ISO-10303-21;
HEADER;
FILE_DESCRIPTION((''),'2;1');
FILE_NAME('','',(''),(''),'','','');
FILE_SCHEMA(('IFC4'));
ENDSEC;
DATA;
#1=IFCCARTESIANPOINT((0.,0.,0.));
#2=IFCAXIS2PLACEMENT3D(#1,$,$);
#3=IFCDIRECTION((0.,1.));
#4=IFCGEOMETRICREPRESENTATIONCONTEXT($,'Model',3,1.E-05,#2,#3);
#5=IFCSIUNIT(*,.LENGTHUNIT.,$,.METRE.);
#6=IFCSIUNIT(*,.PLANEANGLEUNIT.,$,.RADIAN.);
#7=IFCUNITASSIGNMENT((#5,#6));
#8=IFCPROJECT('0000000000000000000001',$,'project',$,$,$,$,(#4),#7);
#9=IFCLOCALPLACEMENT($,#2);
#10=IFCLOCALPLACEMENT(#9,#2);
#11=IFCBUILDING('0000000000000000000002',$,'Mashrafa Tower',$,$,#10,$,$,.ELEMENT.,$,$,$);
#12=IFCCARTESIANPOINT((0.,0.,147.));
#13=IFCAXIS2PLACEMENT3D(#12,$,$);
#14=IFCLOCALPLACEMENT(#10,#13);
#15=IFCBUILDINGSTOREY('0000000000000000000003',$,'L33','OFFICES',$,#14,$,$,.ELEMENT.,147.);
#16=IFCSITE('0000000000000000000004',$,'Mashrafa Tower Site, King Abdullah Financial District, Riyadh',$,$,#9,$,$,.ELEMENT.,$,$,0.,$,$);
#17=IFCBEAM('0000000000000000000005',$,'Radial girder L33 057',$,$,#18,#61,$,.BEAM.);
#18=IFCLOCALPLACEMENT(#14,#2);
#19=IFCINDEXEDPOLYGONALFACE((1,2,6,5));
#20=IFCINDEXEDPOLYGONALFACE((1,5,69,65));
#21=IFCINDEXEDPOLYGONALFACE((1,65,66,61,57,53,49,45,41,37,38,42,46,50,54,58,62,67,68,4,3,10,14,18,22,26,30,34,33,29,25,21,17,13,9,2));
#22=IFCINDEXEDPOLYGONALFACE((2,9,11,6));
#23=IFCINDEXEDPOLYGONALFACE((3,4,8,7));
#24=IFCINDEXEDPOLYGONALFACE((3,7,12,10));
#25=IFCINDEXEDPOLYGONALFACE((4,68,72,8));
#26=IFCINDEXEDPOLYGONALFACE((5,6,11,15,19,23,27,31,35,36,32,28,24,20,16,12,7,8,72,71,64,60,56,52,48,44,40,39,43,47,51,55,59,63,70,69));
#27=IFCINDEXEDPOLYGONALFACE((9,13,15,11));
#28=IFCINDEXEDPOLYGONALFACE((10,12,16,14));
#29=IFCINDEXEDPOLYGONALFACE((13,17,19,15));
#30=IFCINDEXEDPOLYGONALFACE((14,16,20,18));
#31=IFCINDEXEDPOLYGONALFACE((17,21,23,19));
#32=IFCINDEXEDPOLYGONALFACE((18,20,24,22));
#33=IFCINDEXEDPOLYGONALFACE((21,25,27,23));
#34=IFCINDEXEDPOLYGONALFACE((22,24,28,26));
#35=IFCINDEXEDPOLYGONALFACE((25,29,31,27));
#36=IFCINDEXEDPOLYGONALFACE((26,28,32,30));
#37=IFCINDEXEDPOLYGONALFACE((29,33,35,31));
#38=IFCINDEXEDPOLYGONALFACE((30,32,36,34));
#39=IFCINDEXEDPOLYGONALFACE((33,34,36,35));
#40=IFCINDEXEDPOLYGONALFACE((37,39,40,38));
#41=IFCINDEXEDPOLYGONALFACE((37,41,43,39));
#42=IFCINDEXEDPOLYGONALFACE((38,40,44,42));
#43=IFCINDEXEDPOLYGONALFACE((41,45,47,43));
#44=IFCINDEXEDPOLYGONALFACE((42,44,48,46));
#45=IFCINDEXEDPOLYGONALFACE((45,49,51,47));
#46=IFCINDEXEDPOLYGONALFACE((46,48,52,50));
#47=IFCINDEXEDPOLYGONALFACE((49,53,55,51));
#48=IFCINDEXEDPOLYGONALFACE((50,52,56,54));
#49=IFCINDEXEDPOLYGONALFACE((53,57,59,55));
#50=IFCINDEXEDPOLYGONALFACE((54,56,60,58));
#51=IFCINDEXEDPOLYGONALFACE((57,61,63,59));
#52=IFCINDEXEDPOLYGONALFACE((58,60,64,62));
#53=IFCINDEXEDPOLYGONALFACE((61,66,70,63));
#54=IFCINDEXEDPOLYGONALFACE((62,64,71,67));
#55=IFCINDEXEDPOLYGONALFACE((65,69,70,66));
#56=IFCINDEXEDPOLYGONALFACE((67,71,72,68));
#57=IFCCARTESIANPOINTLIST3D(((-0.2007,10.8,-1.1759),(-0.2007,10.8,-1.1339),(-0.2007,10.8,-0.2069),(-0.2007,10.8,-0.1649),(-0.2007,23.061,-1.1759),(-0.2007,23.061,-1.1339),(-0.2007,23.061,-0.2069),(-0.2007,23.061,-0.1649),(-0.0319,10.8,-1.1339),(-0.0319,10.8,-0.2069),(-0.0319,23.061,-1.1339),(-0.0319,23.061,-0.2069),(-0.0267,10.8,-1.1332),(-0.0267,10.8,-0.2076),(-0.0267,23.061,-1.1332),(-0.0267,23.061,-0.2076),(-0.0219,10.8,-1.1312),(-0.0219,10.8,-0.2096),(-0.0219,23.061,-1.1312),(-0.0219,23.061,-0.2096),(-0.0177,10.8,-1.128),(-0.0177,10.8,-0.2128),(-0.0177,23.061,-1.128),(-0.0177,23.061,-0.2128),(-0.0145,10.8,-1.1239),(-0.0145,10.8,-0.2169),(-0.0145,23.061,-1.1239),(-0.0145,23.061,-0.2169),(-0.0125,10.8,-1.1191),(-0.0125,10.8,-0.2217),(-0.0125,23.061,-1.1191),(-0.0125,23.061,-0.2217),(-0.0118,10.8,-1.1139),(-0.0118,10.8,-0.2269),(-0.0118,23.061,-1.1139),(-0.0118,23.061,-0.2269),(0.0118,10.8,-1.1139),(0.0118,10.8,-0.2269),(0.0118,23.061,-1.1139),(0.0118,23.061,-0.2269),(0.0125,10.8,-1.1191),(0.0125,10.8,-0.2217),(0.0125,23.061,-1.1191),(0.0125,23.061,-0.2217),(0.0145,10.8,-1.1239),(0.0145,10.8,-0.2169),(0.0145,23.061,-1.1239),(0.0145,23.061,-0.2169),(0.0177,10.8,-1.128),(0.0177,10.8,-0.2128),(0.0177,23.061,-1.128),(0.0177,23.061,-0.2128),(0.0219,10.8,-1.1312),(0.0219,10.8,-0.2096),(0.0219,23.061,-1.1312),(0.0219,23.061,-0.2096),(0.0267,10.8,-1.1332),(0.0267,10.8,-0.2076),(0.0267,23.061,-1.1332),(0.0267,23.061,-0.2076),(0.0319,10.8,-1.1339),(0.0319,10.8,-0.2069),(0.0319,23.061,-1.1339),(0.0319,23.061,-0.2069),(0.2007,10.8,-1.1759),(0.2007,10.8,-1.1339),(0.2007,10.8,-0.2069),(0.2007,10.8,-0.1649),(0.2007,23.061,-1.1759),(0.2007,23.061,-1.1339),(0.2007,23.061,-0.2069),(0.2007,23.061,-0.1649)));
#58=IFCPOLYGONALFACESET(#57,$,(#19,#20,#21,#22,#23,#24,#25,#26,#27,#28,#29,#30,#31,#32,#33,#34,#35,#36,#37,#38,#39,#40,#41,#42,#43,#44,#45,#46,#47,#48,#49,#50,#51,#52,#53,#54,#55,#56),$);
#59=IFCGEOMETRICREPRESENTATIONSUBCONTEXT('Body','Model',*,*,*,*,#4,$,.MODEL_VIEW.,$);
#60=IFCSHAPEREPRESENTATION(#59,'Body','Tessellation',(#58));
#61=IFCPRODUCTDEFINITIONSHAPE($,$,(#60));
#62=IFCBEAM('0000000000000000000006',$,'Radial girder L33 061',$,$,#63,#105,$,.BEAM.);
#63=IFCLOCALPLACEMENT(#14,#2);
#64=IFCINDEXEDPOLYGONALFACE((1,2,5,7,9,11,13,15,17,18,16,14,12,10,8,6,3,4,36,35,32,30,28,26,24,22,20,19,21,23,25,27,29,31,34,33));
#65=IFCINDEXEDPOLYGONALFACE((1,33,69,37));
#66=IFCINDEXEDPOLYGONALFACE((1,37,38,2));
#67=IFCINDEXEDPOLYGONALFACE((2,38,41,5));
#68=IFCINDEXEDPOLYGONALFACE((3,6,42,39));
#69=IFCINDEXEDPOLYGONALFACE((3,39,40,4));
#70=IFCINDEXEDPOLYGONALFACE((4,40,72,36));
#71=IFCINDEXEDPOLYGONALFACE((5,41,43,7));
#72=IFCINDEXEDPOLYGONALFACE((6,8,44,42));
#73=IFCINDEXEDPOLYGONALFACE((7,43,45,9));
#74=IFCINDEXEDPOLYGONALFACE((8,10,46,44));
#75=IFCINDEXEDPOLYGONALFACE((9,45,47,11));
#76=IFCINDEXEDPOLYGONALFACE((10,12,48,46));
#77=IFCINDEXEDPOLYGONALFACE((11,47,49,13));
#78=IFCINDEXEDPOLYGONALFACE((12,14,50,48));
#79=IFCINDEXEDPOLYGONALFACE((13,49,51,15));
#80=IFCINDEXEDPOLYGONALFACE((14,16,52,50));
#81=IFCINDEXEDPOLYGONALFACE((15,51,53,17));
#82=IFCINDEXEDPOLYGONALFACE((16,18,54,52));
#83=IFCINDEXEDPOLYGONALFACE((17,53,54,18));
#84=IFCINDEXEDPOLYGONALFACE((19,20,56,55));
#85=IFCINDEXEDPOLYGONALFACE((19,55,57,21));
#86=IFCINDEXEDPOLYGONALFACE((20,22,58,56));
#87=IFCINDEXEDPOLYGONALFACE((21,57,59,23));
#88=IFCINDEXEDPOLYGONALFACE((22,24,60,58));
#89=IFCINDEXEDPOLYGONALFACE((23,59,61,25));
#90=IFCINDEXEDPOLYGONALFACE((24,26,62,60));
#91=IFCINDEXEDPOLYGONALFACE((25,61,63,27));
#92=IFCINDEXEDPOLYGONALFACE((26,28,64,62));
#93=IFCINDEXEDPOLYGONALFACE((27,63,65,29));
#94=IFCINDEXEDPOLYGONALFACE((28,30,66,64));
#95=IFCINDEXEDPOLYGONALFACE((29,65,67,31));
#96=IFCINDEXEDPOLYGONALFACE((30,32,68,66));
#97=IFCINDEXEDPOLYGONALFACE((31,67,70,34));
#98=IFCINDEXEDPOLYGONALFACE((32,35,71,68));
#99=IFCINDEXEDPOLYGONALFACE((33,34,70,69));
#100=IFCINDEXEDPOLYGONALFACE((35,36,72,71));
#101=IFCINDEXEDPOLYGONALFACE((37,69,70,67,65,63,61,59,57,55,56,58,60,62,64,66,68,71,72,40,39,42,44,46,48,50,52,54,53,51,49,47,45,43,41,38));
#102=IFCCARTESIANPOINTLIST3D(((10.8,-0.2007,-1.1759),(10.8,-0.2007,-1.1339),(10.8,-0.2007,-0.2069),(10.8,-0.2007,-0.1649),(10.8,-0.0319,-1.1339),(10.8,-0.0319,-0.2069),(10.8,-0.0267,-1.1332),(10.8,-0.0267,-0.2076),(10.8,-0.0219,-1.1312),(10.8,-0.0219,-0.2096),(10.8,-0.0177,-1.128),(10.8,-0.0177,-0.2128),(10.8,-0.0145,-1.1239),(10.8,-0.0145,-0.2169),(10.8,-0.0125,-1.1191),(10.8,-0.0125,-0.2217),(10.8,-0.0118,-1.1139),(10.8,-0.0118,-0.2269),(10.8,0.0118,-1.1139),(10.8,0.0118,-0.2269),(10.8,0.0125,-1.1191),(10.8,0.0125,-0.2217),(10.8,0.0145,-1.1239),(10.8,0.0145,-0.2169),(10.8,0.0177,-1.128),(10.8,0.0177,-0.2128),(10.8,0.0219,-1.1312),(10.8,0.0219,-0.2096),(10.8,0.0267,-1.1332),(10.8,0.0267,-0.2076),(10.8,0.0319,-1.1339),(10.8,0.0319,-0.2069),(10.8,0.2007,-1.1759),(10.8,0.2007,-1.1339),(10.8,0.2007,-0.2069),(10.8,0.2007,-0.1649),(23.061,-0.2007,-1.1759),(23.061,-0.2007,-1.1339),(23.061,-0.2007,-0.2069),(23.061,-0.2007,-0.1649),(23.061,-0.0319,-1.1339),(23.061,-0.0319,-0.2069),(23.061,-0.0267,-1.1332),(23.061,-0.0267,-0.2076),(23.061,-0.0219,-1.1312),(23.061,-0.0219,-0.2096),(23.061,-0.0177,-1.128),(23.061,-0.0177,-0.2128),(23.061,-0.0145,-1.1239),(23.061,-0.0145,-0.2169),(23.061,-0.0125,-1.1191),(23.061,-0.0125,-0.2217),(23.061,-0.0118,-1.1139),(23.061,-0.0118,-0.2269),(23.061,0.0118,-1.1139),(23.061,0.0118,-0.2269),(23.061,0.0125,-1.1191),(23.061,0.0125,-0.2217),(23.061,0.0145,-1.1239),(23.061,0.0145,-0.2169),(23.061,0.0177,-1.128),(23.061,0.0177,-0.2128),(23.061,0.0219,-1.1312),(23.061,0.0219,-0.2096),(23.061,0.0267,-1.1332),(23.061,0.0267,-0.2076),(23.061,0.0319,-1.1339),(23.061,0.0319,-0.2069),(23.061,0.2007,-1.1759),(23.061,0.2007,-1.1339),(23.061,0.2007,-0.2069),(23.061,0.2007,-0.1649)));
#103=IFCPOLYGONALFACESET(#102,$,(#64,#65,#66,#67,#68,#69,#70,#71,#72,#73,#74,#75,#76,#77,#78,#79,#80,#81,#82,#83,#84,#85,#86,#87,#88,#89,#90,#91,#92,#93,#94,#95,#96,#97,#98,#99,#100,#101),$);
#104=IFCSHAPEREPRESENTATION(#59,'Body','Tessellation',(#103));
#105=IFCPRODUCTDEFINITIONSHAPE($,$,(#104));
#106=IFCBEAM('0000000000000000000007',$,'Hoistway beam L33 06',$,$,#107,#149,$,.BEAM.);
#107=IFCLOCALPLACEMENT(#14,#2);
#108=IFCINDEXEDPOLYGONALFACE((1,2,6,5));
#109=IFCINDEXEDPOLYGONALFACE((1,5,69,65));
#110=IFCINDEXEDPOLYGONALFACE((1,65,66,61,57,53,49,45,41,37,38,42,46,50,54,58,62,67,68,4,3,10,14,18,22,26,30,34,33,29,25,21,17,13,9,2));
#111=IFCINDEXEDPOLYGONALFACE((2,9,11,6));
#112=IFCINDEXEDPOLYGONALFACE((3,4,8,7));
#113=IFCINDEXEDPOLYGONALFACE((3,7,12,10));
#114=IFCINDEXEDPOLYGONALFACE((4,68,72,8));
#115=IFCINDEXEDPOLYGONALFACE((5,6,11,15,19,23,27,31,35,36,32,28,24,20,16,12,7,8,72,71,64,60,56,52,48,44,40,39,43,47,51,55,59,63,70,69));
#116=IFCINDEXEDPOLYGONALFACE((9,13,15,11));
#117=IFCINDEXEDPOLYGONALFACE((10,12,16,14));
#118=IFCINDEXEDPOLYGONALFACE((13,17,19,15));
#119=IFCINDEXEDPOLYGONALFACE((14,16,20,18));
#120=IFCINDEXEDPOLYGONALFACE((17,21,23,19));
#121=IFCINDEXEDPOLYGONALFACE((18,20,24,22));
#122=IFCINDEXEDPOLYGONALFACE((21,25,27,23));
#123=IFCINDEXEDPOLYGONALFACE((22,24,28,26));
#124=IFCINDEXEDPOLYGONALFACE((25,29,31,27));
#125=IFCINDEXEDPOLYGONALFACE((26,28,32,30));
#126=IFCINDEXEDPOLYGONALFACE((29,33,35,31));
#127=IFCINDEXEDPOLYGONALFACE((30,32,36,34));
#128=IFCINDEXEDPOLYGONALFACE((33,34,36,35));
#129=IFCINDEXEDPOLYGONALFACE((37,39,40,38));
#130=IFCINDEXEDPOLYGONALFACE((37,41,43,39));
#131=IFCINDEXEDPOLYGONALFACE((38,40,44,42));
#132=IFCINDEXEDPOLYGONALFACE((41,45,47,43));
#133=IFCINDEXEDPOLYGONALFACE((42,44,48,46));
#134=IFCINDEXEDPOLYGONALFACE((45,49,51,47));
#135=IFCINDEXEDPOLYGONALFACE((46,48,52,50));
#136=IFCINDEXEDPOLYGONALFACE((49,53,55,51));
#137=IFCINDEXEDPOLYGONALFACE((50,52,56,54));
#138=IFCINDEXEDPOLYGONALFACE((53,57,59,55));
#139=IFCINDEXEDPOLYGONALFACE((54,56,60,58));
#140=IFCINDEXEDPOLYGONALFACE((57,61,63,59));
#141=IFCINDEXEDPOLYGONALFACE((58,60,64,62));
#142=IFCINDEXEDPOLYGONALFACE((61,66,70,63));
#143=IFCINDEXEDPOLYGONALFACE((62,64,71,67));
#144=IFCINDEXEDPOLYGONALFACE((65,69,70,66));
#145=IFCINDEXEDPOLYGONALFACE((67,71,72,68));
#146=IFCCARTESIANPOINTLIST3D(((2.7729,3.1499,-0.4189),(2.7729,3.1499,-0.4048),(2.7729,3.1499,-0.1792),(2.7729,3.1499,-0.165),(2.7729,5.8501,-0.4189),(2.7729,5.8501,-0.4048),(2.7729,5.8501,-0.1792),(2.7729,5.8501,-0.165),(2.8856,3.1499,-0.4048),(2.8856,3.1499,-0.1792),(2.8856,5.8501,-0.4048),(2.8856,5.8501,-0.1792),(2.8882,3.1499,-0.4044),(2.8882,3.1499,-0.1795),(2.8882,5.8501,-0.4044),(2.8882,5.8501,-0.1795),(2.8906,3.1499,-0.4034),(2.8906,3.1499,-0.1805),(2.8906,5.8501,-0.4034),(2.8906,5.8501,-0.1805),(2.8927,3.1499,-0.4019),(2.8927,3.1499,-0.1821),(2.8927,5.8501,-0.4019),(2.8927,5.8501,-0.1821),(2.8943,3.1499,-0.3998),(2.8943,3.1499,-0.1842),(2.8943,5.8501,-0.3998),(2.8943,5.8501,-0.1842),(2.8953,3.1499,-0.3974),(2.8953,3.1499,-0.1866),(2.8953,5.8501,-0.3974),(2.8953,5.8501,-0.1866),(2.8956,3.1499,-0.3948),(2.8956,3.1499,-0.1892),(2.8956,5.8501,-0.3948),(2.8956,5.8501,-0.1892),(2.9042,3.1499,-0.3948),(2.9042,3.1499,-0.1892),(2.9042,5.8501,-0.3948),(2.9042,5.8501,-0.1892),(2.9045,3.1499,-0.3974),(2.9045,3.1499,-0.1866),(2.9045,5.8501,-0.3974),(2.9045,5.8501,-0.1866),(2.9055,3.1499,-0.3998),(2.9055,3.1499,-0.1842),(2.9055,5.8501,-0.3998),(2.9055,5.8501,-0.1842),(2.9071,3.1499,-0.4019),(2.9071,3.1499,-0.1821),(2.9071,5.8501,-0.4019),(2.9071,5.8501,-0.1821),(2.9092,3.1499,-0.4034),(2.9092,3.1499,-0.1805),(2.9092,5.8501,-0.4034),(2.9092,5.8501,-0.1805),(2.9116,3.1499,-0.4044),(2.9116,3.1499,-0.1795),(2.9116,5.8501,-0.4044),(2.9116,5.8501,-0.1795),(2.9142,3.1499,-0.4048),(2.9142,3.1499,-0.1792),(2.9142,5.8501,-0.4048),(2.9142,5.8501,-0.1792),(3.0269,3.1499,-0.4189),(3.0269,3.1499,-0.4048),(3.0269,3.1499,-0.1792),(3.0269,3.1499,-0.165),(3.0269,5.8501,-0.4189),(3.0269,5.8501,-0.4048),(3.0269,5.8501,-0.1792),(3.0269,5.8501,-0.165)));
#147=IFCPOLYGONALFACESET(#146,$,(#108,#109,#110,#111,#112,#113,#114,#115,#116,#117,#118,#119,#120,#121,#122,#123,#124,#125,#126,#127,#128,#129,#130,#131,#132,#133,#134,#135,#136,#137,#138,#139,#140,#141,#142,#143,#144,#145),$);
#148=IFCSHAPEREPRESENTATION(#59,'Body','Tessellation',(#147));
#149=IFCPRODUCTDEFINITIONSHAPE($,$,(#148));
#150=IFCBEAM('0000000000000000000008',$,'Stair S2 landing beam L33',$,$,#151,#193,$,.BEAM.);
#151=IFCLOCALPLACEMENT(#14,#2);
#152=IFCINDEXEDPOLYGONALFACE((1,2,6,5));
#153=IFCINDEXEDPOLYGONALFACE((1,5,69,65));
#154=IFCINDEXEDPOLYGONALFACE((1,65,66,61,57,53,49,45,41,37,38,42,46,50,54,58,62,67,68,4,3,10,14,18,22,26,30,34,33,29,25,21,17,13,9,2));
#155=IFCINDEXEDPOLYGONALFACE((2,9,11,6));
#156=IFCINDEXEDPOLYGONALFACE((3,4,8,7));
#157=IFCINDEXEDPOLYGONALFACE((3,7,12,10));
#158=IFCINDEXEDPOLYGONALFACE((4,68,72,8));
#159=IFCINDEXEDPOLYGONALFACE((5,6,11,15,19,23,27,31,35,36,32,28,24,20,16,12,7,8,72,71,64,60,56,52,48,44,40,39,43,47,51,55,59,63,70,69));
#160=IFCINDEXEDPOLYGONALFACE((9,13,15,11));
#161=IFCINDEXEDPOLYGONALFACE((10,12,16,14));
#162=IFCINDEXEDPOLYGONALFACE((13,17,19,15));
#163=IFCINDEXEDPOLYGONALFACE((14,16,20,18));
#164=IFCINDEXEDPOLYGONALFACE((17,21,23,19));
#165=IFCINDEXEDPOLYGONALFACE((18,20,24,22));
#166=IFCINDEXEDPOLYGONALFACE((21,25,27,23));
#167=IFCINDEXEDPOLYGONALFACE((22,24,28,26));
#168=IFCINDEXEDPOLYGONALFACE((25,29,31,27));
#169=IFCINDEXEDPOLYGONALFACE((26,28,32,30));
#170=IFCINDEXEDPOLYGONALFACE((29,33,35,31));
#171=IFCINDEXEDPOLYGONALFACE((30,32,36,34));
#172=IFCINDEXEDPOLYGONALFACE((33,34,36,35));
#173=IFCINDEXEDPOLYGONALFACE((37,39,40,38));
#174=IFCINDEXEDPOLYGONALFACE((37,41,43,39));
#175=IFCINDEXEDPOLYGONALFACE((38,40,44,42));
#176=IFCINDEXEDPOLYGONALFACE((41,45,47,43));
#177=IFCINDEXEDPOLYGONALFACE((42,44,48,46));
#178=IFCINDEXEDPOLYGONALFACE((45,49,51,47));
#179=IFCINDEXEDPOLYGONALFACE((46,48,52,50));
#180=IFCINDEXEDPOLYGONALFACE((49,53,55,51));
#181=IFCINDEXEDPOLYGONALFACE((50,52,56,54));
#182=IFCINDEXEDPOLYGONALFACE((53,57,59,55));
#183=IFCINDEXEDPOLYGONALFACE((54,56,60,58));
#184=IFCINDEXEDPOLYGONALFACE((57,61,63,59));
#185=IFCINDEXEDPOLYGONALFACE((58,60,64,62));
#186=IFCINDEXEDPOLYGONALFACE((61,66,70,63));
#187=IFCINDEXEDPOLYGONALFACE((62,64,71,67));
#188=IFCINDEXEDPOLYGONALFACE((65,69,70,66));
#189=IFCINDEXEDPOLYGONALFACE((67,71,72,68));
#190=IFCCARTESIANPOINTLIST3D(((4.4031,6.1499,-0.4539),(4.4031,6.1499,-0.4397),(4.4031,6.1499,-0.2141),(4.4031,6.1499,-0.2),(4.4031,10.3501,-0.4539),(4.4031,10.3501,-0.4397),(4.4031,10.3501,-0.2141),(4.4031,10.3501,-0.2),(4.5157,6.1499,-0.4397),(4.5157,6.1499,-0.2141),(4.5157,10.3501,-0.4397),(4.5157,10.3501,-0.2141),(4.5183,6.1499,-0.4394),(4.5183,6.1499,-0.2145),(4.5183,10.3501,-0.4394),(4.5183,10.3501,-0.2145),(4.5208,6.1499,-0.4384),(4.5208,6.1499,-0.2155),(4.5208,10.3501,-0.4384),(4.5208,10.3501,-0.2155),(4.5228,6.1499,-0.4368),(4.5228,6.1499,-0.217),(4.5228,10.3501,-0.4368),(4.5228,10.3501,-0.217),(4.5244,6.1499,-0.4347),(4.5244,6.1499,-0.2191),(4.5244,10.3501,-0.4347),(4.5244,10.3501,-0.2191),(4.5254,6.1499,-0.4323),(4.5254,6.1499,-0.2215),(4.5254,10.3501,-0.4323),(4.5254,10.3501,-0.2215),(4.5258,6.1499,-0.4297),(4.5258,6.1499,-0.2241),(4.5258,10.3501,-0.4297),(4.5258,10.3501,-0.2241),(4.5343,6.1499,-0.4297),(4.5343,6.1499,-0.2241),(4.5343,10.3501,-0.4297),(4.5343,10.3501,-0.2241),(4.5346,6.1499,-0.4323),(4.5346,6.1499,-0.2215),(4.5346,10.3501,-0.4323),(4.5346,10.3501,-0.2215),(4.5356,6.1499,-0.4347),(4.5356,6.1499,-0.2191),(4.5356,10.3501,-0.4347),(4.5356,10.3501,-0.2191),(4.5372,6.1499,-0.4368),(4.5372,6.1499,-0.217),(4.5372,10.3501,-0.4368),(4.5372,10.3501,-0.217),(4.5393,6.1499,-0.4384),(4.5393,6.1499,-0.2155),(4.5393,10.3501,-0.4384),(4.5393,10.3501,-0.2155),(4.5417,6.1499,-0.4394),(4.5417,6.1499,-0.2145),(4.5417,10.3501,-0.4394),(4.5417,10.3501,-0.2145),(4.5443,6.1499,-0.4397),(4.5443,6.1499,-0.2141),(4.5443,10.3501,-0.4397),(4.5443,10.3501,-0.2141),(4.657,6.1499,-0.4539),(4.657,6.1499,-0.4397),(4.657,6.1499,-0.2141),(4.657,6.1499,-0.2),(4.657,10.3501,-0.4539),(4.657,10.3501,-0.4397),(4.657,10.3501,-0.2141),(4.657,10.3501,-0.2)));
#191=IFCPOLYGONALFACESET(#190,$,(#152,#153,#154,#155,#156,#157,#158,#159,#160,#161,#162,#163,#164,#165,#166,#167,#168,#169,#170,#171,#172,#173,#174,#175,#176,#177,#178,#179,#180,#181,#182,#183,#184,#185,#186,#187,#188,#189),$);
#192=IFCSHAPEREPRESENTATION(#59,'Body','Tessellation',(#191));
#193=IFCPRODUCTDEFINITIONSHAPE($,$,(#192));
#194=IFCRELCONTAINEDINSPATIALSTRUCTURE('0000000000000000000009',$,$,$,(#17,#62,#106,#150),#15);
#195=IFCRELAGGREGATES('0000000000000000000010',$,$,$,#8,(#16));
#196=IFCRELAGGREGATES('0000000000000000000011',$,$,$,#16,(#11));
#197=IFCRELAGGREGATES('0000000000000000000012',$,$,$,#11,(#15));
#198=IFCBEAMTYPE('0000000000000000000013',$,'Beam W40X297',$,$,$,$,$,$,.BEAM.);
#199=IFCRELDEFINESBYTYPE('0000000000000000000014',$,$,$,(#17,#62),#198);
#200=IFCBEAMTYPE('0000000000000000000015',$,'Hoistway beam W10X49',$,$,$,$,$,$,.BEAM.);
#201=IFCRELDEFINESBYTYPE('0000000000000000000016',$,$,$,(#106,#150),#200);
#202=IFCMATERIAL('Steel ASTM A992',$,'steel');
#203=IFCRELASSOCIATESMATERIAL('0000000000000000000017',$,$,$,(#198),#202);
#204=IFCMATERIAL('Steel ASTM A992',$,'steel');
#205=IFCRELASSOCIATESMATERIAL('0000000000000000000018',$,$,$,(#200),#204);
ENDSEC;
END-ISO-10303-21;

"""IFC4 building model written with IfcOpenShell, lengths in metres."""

from ifc_helpers import new_model, si_unit, direction, frame, origin, origin_2d, place, context, subcontext, project, spatial, i_section, extrude, material, material_profile, profile_set, type_object, element, save


model = new_model("IFC4")

# Units and contexts
model_context = context("Model", 3, precision=1e-05, world=origin(), true_north=direction((0.0, 1.0)))
body_context = subcontext(model_context, "Body", "Model", "MODEL_VIEW")
ifc_project = project(units=[si_unit("LENGTHUNIT", "METRE"), si_unit("PLANEANGLEUNIT", "RADIAN")], contexts=[model_context])

# Site, building, storey
site_placement = place(None, origin())
site = spatial("IfcSite", under=ifc_project, at=site_placement, Name="Mashrafa Tower Site, King Abdullah Financial District, Riyadh", CompositionType="ELEMENT", RefElevation=0.0)
building_placement = place(site_placement, origin())
building = spatial("IfcBuilding", under=site, at=building_placement, Name="Mashrafa Tower", CompositionType="ELEMENT")
storey_placement = place(building_placement, frame((0.0, 0.0, 147.0)))
storey = spatial("IfcBuildingStorey", under=building, at=storey_placement, Name="L33", Description="OFFICES", CompositionType="ELEMENT", Elevation=147.0)

# Beams
ifc_material_1 = material(Name="Steel ASTM A992", Category="steel")
ifc_material_profile_1 = material_profile(ifc_material_1, i_section(OverallWidth=0.4014, OverallDepth=1.011, WebThickness=0.0237, FlangeThickness=0.042, FilletRadius=0.02, at=origin_2d()), Name="W40X297")
ifc_profile_set_1 = profile_set([ifc_material_profile_1], Name="Steel ASTM A992")
beam_type_1 = type_object("IfcBeamType", Name="Beam W40X297", PredefinedType="BEAM", material=ifc_profile_set_1)
for number, where, z_axis, x_axis, name in (
    (1, (0.0, 10.8, -0.6704), (0.0, 1.0, 0.0), (-1.0, 0.0, 0.0), "Radial girder L33 057"),
    (2, (10.8, 0.0, -0.6704), (1.0, 0.0, 0.0), (0.0, 1.0, 0.0), "Radial girder L33 061"),
):
    element("IfcBeam", number, at=place(storey_placement, frame(where, z_axis=z_axis, x_axis=x_axis)), inside=storey, type_object=beam_type_1, Name=name, PredefinedType="BEAM", context=body_context, shape_type="SweptSolid", body=[
        extrude(i_section(OverallWidth=0.4014, OverallDepth=1.011, WebThickness=0.0237, FlangeThickness=0.042, FilletRadius=0.02, at=origin_2d()), origin(), (0.0, 0.0, 1.0), 12.261),
    ])
ifc_material_2 = material(Name="Steel ASTM A992", Category="steel")
ifc_material_profile_2 = material_profile(ifc_material_2, i_section(OverallWidth=0.2539, OverallDepth=0.2539, WebThickness=0.0085, FlangeThickness=0.0142, FilletRadius=0.01, at=origin_2d()), Name="W10X49")
ifc_profile_set_2 = profile_set([ifc_material_profile_2], Name="Steel ASTM A992")
beam_type_2 = type_object("IfcBeamType", Name="Hoistway beam W10X49", PredefinedType="BEAM", material=ifc_profile_set_2)
beam_1_placement = place(storey_placement, frame((2.8999, 3.1499, -0.292), z_axis=(0.0, 1.0, 0.0), x_axis=(-1.0, 0.0, 0.0)))
element("IfcBeam", 3, at=beam_1_placement, inside=storey, type_object=beam_type_2, Name="Hoistway beam L33 06", PredefinedType="BEAM", context=body_context, shape_type="SweptSolid", body=[
    extrude(i_section(OverallWidth=0.2539, OverallDepth=0.2539, WebThickness=0.0085, FlangeThickness=0.0142, FilletRadius=0.01, at=origin_2d()), origin(), (0.0, 0.0, 1.0), 2.7002),
])
beam_2_placement = place(storey_placement, frame((4.53, 6.1499, -0.3269), z_axis=(0.0, 1.0, 0.0), x_axis=(-1.0, 0.0, 0.0)))
element("IfcBeam", 4, at=beam_2_placement, inside=storey, type_object=beam_type_2, Name="Stair S2 landing beam L33", PredefinedType="BEAM", context=body_context, shape_type="SweptSolid", body=[
    extrude(i_section(OverallWidth=0.2539, OverallDepth=0.2539, WebThickness=0.0085, FlangeThickness=0.0142, FilletRadius=0.01, at=origin_2d()), origin(), (0.0, 0.0, 1.0), 4.2002),
])

save(model, "model.ifc")
